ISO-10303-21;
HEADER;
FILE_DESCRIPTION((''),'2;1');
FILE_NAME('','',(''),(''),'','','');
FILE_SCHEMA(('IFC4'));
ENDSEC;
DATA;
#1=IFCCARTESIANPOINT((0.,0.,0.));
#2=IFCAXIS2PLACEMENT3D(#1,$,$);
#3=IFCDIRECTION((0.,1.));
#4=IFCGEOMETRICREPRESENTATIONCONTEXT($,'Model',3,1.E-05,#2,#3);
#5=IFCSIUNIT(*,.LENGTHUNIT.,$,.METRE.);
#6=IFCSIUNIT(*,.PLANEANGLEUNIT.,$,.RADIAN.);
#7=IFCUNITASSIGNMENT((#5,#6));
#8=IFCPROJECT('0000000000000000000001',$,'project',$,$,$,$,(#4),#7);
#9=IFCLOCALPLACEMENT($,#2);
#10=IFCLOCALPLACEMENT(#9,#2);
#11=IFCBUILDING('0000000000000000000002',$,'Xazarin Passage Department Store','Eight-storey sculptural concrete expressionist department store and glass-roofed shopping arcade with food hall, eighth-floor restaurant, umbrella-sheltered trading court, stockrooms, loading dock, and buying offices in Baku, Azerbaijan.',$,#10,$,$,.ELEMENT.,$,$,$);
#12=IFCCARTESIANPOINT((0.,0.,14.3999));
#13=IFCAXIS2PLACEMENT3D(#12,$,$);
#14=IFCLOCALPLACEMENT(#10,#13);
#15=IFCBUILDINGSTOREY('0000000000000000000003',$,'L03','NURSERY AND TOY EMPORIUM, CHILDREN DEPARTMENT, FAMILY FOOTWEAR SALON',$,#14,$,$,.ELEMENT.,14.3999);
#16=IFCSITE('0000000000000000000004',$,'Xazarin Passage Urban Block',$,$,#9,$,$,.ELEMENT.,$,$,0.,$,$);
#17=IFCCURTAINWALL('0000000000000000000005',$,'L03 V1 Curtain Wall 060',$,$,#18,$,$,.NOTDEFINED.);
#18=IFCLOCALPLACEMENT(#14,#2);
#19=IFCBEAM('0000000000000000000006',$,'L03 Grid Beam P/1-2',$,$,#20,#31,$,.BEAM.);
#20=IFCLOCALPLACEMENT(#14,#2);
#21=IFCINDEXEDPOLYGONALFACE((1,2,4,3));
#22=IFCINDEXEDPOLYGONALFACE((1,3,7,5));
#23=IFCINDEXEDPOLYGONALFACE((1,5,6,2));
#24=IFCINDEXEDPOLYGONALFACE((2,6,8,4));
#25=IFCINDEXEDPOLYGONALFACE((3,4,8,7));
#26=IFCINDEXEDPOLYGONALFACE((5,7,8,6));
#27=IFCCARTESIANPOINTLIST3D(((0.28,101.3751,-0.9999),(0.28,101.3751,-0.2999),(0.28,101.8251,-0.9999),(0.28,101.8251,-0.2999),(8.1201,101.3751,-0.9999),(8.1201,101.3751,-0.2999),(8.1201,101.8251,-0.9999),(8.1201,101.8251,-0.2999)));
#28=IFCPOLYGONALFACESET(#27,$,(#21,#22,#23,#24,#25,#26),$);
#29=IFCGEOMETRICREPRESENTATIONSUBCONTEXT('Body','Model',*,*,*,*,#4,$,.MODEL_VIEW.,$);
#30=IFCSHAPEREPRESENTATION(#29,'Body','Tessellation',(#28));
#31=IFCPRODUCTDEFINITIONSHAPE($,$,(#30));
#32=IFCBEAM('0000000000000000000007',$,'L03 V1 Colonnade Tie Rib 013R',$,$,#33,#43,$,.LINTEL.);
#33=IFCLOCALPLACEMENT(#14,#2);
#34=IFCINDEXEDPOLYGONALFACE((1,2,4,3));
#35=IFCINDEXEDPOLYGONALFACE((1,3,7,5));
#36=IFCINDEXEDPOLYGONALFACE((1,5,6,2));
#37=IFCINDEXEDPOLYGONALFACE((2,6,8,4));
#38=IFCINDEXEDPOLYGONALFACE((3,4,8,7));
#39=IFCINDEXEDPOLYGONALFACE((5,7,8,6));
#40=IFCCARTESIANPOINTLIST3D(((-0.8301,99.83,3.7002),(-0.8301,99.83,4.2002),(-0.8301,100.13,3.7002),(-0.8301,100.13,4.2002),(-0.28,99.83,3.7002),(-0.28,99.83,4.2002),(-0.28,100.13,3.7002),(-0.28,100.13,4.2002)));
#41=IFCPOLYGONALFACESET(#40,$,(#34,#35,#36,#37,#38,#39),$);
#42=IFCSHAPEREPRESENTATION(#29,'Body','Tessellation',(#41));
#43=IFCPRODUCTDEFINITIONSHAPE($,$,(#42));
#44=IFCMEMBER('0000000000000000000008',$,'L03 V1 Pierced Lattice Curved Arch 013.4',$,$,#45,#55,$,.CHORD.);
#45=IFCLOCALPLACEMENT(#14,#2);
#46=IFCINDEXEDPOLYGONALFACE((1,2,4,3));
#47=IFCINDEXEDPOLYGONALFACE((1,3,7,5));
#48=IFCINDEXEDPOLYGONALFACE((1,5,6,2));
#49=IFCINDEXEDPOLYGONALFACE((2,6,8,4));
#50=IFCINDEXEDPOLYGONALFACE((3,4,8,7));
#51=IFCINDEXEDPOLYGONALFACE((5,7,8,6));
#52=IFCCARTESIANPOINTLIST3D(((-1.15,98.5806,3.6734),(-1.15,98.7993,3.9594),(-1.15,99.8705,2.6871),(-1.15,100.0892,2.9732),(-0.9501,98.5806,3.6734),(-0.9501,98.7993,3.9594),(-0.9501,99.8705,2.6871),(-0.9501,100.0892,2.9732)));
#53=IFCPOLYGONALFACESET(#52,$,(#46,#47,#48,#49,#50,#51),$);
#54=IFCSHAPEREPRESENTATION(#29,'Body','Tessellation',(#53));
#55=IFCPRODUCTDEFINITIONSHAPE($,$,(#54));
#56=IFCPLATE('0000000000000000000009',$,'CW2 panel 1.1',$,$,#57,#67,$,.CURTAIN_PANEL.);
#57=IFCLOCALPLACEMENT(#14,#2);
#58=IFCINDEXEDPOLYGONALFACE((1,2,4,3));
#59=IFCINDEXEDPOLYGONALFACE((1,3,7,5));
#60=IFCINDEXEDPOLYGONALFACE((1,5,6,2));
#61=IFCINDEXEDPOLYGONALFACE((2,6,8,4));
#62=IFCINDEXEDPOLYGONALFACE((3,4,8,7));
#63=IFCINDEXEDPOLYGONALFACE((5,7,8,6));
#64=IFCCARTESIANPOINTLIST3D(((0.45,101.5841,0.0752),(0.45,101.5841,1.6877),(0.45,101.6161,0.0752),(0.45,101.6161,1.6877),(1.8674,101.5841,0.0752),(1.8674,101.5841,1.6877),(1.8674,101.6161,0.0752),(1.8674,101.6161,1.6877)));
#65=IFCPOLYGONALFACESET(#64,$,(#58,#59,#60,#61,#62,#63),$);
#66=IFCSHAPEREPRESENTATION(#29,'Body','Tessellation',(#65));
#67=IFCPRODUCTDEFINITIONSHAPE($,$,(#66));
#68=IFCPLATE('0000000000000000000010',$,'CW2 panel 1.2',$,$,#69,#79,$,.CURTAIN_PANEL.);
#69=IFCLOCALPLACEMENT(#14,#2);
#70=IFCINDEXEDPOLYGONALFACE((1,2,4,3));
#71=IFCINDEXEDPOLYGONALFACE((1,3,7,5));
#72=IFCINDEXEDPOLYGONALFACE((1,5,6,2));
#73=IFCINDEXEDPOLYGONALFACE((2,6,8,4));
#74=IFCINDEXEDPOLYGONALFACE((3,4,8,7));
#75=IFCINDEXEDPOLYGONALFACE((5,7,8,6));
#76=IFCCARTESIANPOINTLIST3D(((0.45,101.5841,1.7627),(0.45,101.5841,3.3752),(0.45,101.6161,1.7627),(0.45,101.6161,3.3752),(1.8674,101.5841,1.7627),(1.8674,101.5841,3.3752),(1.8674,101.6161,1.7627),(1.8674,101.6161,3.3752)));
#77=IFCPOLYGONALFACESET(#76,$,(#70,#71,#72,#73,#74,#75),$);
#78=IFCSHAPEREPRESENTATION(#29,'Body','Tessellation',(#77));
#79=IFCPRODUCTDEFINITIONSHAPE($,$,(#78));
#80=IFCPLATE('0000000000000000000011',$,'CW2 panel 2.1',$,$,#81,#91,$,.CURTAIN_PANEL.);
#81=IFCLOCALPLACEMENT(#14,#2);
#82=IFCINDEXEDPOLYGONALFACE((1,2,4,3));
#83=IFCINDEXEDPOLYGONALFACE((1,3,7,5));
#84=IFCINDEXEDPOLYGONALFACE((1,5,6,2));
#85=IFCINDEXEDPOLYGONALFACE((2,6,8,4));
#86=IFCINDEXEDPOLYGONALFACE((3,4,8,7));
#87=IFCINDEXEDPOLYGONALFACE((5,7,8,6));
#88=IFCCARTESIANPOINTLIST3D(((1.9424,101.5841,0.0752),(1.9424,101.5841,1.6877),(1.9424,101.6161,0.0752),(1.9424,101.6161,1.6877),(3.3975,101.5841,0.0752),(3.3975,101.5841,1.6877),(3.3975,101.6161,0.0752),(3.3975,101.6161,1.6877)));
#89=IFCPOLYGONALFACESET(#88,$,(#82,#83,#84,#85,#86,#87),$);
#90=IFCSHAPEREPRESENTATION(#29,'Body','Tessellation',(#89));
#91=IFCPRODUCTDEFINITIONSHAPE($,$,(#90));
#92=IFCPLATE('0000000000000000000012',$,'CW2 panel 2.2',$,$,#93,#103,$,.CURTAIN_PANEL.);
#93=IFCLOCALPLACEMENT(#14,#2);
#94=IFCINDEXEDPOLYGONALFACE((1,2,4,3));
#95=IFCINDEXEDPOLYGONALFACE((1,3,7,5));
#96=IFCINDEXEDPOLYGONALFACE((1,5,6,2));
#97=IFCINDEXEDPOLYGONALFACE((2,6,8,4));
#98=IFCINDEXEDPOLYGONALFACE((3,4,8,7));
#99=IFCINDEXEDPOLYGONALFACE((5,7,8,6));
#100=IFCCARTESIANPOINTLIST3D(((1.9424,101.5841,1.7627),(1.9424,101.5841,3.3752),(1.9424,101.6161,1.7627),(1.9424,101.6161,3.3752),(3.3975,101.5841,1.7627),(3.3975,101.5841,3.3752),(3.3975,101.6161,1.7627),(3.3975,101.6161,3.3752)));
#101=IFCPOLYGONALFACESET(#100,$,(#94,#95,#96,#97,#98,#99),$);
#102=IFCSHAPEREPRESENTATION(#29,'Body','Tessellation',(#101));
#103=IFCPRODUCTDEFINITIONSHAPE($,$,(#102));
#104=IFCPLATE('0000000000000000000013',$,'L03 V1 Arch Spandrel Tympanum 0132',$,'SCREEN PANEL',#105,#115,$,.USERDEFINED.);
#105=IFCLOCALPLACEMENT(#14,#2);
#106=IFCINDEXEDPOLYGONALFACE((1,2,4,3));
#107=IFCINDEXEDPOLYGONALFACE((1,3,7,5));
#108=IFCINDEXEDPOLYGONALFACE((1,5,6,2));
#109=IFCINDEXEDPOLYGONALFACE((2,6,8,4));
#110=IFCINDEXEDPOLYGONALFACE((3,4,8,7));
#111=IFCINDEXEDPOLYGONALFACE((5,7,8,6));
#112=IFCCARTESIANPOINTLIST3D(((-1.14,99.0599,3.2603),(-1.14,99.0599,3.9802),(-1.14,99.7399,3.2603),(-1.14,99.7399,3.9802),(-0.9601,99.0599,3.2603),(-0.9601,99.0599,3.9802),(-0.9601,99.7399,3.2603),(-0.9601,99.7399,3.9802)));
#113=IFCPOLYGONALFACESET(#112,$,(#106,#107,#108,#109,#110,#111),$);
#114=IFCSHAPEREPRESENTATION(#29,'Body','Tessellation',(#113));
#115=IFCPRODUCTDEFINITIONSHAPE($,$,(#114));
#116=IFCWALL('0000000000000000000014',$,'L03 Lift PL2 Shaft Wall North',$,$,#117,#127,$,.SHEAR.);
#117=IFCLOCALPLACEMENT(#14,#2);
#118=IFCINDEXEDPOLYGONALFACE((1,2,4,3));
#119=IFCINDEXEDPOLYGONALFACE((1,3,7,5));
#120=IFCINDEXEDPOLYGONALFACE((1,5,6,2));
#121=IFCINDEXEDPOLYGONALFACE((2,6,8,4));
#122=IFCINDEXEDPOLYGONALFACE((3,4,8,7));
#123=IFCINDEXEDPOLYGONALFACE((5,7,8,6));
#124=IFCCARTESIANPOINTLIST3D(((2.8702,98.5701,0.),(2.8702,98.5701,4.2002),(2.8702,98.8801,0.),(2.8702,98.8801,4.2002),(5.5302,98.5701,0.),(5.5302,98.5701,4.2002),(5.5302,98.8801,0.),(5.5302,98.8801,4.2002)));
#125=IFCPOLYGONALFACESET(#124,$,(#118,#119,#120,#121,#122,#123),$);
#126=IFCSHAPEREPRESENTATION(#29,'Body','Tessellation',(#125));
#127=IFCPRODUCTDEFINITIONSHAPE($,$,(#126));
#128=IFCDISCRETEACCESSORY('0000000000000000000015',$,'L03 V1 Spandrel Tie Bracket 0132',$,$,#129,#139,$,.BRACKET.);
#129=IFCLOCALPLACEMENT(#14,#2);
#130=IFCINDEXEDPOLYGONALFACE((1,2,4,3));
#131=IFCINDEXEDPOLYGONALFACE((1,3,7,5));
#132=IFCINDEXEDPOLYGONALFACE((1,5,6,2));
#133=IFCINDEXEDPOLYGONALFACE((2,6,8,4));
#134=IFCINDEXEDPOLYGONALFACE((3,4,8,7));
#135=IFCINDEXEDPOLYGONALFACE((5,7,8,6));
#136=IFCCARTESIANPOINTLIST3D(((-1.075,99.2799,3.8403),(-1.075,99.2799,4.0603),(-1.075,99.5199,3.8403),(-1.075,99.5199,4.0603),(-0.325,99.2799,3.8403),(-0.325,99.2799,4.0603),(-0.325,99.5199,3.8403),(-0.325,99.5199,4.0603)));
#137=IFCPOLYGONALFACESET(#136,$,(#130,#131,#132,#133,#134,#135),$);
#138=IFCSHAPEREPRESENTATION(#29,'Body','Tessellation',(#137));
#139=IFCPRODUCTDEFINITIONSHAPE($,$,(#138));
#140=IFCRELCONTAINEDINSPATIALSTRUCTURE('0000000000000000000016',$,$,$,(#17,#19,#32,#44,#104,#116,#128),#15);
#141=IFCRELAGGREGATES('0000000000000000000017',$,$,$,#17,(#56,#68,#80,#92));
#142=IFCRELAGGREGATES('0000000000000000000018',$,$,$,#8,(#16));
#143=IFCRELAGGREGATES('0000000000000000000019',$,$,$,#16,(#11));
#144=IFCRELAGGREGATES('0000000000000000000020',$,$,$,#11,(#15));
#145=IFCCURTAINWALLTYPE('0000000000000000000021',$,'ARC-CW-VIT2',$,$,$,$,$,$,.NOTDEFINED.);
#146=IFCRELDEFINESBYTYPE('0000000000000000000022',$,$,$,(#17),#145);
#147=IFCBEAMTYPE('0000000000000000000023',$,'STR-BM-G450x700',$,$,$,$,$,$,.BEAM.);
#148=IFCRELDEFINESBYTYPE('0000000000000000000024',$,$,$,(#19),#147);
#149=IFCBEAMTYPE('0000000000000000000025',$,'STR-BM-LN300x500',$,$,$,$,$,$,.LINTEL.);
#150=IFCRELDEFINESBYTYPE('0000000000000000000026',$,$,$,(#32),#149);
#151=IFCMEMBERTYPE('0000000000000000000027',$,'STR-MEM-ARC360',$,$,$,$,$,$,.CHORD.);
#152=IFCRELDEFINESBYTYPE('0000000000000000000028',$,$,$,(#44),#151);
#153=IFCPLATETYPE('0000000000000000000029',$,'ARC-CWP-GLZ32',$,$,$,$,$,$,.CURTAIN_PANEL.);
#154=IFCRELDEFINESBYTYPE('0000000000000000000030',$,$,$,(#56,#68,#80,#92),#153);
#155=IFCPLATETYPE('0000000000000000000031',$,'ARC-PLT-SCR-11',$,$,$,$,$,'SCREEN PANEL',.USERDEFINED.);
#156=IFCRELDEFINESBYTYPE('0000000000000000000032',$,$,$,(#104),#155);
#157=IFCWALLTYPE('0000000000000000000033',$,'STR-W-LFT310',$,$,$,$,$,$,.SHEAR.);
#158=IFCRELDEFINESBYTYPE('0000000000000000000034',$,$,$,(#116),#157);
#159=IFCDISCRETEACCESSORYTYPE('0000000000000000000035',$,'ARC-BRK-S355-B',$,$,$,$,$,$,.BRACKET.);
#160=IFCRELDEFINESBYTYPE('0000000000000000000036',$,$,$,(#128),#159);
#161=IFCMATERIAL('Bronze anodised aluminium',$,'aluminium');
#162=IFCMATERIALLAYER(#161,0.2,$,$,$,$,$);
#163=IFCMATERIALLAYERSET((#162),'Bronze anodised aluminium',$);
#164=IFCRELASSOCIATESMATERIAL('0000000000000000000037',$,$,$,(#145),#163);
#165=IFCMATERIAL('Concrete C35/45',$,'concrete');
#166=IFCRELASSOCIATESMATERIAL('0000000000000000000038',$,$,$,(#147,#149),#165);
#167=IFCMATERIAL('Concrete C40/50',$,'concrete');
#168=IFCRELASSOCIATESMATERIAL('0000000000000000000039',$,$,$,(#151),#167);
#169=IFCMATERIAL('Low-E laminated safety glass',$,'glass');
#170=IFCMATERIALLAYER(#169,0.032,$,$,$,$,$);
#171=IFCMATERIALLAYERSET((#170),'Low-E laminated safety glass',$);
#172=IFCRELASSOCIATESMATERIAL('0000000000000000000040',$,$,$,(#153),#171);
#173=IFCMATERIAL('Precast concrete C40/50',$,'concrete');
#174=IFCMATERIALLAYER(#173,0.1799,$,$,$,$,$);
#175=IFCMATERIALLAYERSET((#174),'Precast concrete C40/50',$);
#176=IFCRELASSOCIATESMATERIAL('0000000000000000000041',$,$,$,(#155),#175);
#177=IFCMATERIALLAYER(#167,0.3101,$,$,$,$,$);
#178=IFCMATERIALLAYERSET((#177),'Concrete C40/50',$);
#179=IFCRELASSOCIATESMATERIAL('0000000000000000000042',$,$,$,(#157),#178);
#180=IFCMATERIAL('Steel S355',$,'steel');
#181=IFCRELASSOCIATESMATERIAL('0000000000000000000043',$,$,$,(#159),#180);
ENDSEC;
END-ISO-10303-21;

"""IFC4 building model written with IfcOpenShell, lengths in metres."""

from ifc_helpers import new_model, si_unit, direction, frame, frame_2d, origin, origin_2d, place, context, subcontext, project, spatial, rectangle, extrude, material, layer, layer_set, material_profile, profile_set, type_object, element, aggregate, save


model = new_model("IFC4")

# Units and contexts
model_context = context("Model", 3, precision=1e-05, world=origin(), true_north=direction((0.0, 1.0)))
body_context = subcontext(model_context, "Body", "Model", "MODEL_VIEW")
ifc_project = project(units=[si_unit("LENGTHUNIT", "METRE"), si_unit("PLANEANGLEUNIT", "RADIAN")], contexts=[model_context])

# Site, building, storey
site_placement = place(None, origin())
site = spatial("IfcSite", under=ifc_project, at=site_placement, Name="Xazarin Passage Urban Block", CompositionType="ELEMENT", RefElevation=0.0)
building_placement = place(site_placement, origin())
building = spatial("IfcBuilding", under=site, at=building_placement, Name="Xazarin Passage Department Store", Description="Eight-storey sculptural concrete expressionist department store and glass-roofed shopping arcade with food hall, eighth-floor restaurant, umbrella-sheltered trading court, stockrooms, loading dock, and buying offices in Baku, Azerbaijan.", CompositionType="ELEMENT")
storey_placement = place(building_placement, frame((0.0, 0.0, 14.3999)))
storey = spatial("IfcBuildingStorey", under=building, at=storey_placement, Name="L03", Description="NURSERY AND TOY EMPORIUM, CHILDREN DEPARTMENT, FAMILY FOOTWEAR SALON", CompositionType="ELEMENT", Elevation=14.3999)

# Shared definitions
ifc_material_1 = material(Name="Concrete C40/50", Category="concrete")

# Curtain wall
ifc_material_2 = material(Name="Bronze anodised aluminium", Category="aluminium")
ifc_layer_1 = layer(ifc_material_2, 0.2)
ifc_layer_set_1 = layer_set([ifc_layer_1], Name="Bronze anodised aluminium")
curtain_wall_type = type_object("IfcCurtainWallType", Name="ARC-CW-VIT2", PredefinedType="NOTDEFINED", material=ifc_layer_set_1)
curtain_wall_placement = place(storey_placement, origin())
curtain_wall = element("IfcCurtainWall", 1, at=curtain_wall_placement, inside=storey, type_object=curtain_wall_type, Name="L03 V1 Curtain Wall 060", PredefinedType="NOTDEFINED")

# Beams
ifc_material_3 = material(Name="Concrete C35/45", Category="concrete")
ifc_material_profile_1 = material_profile(ifc_material_3, rectangle(XDim=0.45, YDim=0.7, at=origin_2d()), Name="RC 450x700")
ifc_profile_set_1 = profile_set([ifc_material_profile_1], Name="Concrete C35/45")
beam_type_1 = type_object("IfcBeamType", Name="STR-BM-G450x700", PredefinedType="BEAM", material=ifc_profile_set_1)
beam_1_placement = place(storey_placement, frame((0.28, 101.6001, -0.6499), z_axis=(1.0, 0.0, 0.0), x_axis=(0.0, 1.0, 0.0)))
element("IfcBeam", 2, at=beam_1_placement, inside=storey, type_object=beam_type_1, Name="L03 Grid Beam P/1-2", PredefinedType="BEAM", context=body_context, shape_type="SweptSolid", body=[
    extrude(rectangle(XDim=0.45, YDim=0.7, at=origin_2d()), origin(), (0.0, 0.0, 1.0), 7.8401),
])
ifc_material_profile_2 = material_profile(ifc_material_3, rectangle(XDim=0.3, YDim=0.5, at=origin_2d()), Name="RC 300x500")
ifc_profile_set_2 = profile_set([ifc_material_profile_2], Name="Concrete C35/45")
beam_type_2 = type_object("IfcBeamType", Name="STR-BM-LN300x500", PredefinedType="LINTEL", material=ifc_profile_set_2)
beam_2_placement = place(storey_placement, frame((-0.28, 99.98, 3.9502), z_axis=(-1.0, 0.0, 0.0), x_axis=(0.0, -1.0, 0.0)))
element("IfcBeam", 3, at=beam_2_placement, inside=storey, type_object=beam_type_2, Name="L03 V1 Colonnade Tie Rib 013R", PredefinedType="LINTEL", context=body_context, shape_type="SweptSolid", body=[
    extrude(rectangle(XDim=0.3, YDim=0.5, at=origin_2d()), origin(), (0.0, 0.0, 1.0), 0.55),
])

# Member
ifc_material_profile_3 = material_profile(ifc_material_1, rectangle(XDim=0.2, YDim=0.3601, at=origin_2d()), Name="RC 200x360")
ifc_profile_set_3 = profile_set([ifc_material_profile_3], Name="Concrete C40/50")
member_type_1 = type_object("IfcMemberType", Name="STR-MEM-ARC360", PredefinedType="CHORD", material=ifc_profile_set_3)
member_1_placement = place(storey_placement, frame((-1.05, 98.6899, 3.8164), z_axis=(0.0, 0.794409, -0.607383), x_axis=(-1.0, 0.0, 0.0)))
element("IfcMember", 4, at=member_1_placement, inside=storey, type_object=member_type_1, Name="L03 V1 Pierced Lattice Curved Arch 013.4", PredefinedType="CHORD", context=body_context, shape_type="SweptSolid", body=[
    extrude(rectangle(XDim=0.2, YDim=0.3601, at=origin_2d()), origin(), (0.0, 0.0, 1.0), 1.6238),
])

# Plates
ifc_material_4 = material(Name="Low-E laminated safety glass", Category="glass")
ifc_layer_2 = layer(ifc_material_4, 0.032)
ifc_layer_set_2 = layer_set([ifc_layer_2], Name="Low-E laminated safety glass")
plate_type_1 = type_object("IfcPlateType", Name="ARC-CWP-GLZ32", PredefinedType="CURTAIN_PANEL", material=ifc_layer_set_2)
plate_1_placement = place(storey_placement, frame((1.1587, 101.6001, 0.0752), z_axis=(0.0, 0.0, 1.0), x_axis=(1.0, 0.0, 0.0)))
plate_1 = element("IfcPlate", 5, at=plate_1_placement, type_object=plate_type_1, Name="CW2 panel 1.1", PredefinedType="CURTAIN_PANEL", context=body_context, shape_type="SweptSolid", body=[
    extrude(rectangle(XDim=1.4175, YDim=0.032, at=origin_2d()), origin(), (0.0, 0.0, 1.0), 1.6125),
])
plate_2_placement = place(storey_placement, frame((1.1587, 101.6001, 1.7627), z_axis=(0.0, 0.0, 1.0), x_axis=(1.0, 0.0, 0.0)))
plate_2 = element("IfcPlate", 6, at=plate_2_placement, type_object=plate_type_1, Name="CW2 panel 1.2", PredefinedType="CURTAIN_PANEL", context=body_context, shape_type="SweptSolid", body=[
    extrude(rectangle(XDim=1.4175, YDim=0.032, at=origin_2d()), origin(), (0.0, 0.0, 1.0), 1.6125),
])
plate_3_placement = place(storey_placement, frame((2.6699, 101.6001, 0.0752), z_axis=(0.0, 0.0, 1.0), x_axis=(1.0, 0.0, 0.0)))
plate_3 = element("IfcPlate", 7, at=plate_3_placement, type_object=plate_type_1, Name="CW2 panel 2.1", PredefinedType="CURTAIN_PANEL", context=body_context, shape_type="SweptSolid", body=[
    extrude(rectangle(XDim=1.4551, YDim=0.032, at=origin_2d()), origin(), (0.0, 0.0, 1.0), 1.6125),
])
plate_4_placement = place(storey_placement, frame((2.6699, 101.6001, 1.7627), z_axis=(0.0, 0.0, 1.0), x_axis=(1.0, 0.0, 0.0)))
plate_4 = element("IfcPlate", 8, at=plate_4_placement, type_object=plate_type_1, Name="CW2 panel 2.2", PredefinedType="CURTAIN_PANEL", context=body_context, shape_type="SweptSolid", body=[
    extrude(rectangle(XDim=1.4551, YDim=0.032, at=origin_2d()), origin(), (0.0, 0.0, 1.0), 1.6125),
])
aggregate(curtain_wall, [plate_1, plate_2, plate_3, plate_4])
ifc_material_5 = material(Name="Precast concrete C40/50", Category="concrete")
ifc_layer_3 = layer(ifc_material_5, 0.1799)
ifc_layer_set_3 = layer_set([ifc_layer_3], Name="Precast concrete C40/50")
plate_type_2 = type_object("IfcPlateType", Name="ARC-PLT-SCR-11", ElementType="SCREEN PANEL", PredefinedType="USERDEFINED", material=ifc_layer_set_3)
plate_5_placement = place(storey_placement, frame((-1.05, 99.3999, 3.2603), z_axis=(0.0, 0.0, 1.0), x_axis=(0.0, 1.0, 0.0)))
element("IfcPlate", 9, at=plate_5_placement, inside=storey, type_object=plate_type_2, Name="L03 V1 Arch Spandrel Tympanum 0132", ObjectType="SCREEN PANEL", PredefinedType="USERDEFINED", context=body_context, shape_type="SweptSolid", body=[
    extrude(rectangle(XDim=0.6799, YDim=0.1799, at=origin_2d()), origin(), (0.0, 0.0, 1.0), 0.72),
])

# Wall
ifc_layer_4 = layer(ifc_material_1, 0.3101)
ifc_layer_set_4 = layer_set([ifc_layer_4], Name="Concrete C40/50")
wall_type = type_object("IfcWallType", Name="STR-W-LFT310", PredefinedType="SHEAR", material=ifc_layer_set_4)
wall_placement = place(storey_placement, frame((2.8701, 98.7251, 0.0), z_axis=(0.0, 0.0, 1.0), x_axis=(1.0, 0.0, 0.0)))
element("IfcWall", 10, at=wall_placement, inside=storey, type_object=wall_type, Name="L03 Lift PL2 Shaft Wall North", PredefinedType="SHEAR", context=body_context, shape_type="SweptSolid", body=[
    extrude(rectangle(XDim=2.6599, YDim=0.3101, at=frame_2d((1.3301, 0.0))), origin(), (0.0, 0.0, 1.0), 4.2002),
])

# Discrete accessory
ifc_material_6 = material(Name="Steel S355", Category="steel")
discrete_accessory_type = type_object("IfcDiscreteAccessoryType", Name="ARC-BRK-S355-B", PredefinedType="BRACKET", material=ifc_material_6)
discrete_accessory_placement = place(storey_placement, frame((-0.7, 99.3999, 3.8403), z_axis=(0.0, 0.0, 1.0), x_axis=(0.0, 1.0, 0.0)))
element("IfcDiscreteAccessory", 11, at=discrete_accessory_placement, inside=storey, type_object=discrete_accessory_type, Name="L03 V1 Spandrel Tie Bracket 0132", PredefinedType="BRACKET", context=body_context, shape_type="SweptSolid", body=[
    extrude(rectangle(XDim=0.24, YDim=0.75, at=origin_2d()), origin(), (0.0, 0.0, 1.0), 0.22),
])

save(model, "model.ifc")
